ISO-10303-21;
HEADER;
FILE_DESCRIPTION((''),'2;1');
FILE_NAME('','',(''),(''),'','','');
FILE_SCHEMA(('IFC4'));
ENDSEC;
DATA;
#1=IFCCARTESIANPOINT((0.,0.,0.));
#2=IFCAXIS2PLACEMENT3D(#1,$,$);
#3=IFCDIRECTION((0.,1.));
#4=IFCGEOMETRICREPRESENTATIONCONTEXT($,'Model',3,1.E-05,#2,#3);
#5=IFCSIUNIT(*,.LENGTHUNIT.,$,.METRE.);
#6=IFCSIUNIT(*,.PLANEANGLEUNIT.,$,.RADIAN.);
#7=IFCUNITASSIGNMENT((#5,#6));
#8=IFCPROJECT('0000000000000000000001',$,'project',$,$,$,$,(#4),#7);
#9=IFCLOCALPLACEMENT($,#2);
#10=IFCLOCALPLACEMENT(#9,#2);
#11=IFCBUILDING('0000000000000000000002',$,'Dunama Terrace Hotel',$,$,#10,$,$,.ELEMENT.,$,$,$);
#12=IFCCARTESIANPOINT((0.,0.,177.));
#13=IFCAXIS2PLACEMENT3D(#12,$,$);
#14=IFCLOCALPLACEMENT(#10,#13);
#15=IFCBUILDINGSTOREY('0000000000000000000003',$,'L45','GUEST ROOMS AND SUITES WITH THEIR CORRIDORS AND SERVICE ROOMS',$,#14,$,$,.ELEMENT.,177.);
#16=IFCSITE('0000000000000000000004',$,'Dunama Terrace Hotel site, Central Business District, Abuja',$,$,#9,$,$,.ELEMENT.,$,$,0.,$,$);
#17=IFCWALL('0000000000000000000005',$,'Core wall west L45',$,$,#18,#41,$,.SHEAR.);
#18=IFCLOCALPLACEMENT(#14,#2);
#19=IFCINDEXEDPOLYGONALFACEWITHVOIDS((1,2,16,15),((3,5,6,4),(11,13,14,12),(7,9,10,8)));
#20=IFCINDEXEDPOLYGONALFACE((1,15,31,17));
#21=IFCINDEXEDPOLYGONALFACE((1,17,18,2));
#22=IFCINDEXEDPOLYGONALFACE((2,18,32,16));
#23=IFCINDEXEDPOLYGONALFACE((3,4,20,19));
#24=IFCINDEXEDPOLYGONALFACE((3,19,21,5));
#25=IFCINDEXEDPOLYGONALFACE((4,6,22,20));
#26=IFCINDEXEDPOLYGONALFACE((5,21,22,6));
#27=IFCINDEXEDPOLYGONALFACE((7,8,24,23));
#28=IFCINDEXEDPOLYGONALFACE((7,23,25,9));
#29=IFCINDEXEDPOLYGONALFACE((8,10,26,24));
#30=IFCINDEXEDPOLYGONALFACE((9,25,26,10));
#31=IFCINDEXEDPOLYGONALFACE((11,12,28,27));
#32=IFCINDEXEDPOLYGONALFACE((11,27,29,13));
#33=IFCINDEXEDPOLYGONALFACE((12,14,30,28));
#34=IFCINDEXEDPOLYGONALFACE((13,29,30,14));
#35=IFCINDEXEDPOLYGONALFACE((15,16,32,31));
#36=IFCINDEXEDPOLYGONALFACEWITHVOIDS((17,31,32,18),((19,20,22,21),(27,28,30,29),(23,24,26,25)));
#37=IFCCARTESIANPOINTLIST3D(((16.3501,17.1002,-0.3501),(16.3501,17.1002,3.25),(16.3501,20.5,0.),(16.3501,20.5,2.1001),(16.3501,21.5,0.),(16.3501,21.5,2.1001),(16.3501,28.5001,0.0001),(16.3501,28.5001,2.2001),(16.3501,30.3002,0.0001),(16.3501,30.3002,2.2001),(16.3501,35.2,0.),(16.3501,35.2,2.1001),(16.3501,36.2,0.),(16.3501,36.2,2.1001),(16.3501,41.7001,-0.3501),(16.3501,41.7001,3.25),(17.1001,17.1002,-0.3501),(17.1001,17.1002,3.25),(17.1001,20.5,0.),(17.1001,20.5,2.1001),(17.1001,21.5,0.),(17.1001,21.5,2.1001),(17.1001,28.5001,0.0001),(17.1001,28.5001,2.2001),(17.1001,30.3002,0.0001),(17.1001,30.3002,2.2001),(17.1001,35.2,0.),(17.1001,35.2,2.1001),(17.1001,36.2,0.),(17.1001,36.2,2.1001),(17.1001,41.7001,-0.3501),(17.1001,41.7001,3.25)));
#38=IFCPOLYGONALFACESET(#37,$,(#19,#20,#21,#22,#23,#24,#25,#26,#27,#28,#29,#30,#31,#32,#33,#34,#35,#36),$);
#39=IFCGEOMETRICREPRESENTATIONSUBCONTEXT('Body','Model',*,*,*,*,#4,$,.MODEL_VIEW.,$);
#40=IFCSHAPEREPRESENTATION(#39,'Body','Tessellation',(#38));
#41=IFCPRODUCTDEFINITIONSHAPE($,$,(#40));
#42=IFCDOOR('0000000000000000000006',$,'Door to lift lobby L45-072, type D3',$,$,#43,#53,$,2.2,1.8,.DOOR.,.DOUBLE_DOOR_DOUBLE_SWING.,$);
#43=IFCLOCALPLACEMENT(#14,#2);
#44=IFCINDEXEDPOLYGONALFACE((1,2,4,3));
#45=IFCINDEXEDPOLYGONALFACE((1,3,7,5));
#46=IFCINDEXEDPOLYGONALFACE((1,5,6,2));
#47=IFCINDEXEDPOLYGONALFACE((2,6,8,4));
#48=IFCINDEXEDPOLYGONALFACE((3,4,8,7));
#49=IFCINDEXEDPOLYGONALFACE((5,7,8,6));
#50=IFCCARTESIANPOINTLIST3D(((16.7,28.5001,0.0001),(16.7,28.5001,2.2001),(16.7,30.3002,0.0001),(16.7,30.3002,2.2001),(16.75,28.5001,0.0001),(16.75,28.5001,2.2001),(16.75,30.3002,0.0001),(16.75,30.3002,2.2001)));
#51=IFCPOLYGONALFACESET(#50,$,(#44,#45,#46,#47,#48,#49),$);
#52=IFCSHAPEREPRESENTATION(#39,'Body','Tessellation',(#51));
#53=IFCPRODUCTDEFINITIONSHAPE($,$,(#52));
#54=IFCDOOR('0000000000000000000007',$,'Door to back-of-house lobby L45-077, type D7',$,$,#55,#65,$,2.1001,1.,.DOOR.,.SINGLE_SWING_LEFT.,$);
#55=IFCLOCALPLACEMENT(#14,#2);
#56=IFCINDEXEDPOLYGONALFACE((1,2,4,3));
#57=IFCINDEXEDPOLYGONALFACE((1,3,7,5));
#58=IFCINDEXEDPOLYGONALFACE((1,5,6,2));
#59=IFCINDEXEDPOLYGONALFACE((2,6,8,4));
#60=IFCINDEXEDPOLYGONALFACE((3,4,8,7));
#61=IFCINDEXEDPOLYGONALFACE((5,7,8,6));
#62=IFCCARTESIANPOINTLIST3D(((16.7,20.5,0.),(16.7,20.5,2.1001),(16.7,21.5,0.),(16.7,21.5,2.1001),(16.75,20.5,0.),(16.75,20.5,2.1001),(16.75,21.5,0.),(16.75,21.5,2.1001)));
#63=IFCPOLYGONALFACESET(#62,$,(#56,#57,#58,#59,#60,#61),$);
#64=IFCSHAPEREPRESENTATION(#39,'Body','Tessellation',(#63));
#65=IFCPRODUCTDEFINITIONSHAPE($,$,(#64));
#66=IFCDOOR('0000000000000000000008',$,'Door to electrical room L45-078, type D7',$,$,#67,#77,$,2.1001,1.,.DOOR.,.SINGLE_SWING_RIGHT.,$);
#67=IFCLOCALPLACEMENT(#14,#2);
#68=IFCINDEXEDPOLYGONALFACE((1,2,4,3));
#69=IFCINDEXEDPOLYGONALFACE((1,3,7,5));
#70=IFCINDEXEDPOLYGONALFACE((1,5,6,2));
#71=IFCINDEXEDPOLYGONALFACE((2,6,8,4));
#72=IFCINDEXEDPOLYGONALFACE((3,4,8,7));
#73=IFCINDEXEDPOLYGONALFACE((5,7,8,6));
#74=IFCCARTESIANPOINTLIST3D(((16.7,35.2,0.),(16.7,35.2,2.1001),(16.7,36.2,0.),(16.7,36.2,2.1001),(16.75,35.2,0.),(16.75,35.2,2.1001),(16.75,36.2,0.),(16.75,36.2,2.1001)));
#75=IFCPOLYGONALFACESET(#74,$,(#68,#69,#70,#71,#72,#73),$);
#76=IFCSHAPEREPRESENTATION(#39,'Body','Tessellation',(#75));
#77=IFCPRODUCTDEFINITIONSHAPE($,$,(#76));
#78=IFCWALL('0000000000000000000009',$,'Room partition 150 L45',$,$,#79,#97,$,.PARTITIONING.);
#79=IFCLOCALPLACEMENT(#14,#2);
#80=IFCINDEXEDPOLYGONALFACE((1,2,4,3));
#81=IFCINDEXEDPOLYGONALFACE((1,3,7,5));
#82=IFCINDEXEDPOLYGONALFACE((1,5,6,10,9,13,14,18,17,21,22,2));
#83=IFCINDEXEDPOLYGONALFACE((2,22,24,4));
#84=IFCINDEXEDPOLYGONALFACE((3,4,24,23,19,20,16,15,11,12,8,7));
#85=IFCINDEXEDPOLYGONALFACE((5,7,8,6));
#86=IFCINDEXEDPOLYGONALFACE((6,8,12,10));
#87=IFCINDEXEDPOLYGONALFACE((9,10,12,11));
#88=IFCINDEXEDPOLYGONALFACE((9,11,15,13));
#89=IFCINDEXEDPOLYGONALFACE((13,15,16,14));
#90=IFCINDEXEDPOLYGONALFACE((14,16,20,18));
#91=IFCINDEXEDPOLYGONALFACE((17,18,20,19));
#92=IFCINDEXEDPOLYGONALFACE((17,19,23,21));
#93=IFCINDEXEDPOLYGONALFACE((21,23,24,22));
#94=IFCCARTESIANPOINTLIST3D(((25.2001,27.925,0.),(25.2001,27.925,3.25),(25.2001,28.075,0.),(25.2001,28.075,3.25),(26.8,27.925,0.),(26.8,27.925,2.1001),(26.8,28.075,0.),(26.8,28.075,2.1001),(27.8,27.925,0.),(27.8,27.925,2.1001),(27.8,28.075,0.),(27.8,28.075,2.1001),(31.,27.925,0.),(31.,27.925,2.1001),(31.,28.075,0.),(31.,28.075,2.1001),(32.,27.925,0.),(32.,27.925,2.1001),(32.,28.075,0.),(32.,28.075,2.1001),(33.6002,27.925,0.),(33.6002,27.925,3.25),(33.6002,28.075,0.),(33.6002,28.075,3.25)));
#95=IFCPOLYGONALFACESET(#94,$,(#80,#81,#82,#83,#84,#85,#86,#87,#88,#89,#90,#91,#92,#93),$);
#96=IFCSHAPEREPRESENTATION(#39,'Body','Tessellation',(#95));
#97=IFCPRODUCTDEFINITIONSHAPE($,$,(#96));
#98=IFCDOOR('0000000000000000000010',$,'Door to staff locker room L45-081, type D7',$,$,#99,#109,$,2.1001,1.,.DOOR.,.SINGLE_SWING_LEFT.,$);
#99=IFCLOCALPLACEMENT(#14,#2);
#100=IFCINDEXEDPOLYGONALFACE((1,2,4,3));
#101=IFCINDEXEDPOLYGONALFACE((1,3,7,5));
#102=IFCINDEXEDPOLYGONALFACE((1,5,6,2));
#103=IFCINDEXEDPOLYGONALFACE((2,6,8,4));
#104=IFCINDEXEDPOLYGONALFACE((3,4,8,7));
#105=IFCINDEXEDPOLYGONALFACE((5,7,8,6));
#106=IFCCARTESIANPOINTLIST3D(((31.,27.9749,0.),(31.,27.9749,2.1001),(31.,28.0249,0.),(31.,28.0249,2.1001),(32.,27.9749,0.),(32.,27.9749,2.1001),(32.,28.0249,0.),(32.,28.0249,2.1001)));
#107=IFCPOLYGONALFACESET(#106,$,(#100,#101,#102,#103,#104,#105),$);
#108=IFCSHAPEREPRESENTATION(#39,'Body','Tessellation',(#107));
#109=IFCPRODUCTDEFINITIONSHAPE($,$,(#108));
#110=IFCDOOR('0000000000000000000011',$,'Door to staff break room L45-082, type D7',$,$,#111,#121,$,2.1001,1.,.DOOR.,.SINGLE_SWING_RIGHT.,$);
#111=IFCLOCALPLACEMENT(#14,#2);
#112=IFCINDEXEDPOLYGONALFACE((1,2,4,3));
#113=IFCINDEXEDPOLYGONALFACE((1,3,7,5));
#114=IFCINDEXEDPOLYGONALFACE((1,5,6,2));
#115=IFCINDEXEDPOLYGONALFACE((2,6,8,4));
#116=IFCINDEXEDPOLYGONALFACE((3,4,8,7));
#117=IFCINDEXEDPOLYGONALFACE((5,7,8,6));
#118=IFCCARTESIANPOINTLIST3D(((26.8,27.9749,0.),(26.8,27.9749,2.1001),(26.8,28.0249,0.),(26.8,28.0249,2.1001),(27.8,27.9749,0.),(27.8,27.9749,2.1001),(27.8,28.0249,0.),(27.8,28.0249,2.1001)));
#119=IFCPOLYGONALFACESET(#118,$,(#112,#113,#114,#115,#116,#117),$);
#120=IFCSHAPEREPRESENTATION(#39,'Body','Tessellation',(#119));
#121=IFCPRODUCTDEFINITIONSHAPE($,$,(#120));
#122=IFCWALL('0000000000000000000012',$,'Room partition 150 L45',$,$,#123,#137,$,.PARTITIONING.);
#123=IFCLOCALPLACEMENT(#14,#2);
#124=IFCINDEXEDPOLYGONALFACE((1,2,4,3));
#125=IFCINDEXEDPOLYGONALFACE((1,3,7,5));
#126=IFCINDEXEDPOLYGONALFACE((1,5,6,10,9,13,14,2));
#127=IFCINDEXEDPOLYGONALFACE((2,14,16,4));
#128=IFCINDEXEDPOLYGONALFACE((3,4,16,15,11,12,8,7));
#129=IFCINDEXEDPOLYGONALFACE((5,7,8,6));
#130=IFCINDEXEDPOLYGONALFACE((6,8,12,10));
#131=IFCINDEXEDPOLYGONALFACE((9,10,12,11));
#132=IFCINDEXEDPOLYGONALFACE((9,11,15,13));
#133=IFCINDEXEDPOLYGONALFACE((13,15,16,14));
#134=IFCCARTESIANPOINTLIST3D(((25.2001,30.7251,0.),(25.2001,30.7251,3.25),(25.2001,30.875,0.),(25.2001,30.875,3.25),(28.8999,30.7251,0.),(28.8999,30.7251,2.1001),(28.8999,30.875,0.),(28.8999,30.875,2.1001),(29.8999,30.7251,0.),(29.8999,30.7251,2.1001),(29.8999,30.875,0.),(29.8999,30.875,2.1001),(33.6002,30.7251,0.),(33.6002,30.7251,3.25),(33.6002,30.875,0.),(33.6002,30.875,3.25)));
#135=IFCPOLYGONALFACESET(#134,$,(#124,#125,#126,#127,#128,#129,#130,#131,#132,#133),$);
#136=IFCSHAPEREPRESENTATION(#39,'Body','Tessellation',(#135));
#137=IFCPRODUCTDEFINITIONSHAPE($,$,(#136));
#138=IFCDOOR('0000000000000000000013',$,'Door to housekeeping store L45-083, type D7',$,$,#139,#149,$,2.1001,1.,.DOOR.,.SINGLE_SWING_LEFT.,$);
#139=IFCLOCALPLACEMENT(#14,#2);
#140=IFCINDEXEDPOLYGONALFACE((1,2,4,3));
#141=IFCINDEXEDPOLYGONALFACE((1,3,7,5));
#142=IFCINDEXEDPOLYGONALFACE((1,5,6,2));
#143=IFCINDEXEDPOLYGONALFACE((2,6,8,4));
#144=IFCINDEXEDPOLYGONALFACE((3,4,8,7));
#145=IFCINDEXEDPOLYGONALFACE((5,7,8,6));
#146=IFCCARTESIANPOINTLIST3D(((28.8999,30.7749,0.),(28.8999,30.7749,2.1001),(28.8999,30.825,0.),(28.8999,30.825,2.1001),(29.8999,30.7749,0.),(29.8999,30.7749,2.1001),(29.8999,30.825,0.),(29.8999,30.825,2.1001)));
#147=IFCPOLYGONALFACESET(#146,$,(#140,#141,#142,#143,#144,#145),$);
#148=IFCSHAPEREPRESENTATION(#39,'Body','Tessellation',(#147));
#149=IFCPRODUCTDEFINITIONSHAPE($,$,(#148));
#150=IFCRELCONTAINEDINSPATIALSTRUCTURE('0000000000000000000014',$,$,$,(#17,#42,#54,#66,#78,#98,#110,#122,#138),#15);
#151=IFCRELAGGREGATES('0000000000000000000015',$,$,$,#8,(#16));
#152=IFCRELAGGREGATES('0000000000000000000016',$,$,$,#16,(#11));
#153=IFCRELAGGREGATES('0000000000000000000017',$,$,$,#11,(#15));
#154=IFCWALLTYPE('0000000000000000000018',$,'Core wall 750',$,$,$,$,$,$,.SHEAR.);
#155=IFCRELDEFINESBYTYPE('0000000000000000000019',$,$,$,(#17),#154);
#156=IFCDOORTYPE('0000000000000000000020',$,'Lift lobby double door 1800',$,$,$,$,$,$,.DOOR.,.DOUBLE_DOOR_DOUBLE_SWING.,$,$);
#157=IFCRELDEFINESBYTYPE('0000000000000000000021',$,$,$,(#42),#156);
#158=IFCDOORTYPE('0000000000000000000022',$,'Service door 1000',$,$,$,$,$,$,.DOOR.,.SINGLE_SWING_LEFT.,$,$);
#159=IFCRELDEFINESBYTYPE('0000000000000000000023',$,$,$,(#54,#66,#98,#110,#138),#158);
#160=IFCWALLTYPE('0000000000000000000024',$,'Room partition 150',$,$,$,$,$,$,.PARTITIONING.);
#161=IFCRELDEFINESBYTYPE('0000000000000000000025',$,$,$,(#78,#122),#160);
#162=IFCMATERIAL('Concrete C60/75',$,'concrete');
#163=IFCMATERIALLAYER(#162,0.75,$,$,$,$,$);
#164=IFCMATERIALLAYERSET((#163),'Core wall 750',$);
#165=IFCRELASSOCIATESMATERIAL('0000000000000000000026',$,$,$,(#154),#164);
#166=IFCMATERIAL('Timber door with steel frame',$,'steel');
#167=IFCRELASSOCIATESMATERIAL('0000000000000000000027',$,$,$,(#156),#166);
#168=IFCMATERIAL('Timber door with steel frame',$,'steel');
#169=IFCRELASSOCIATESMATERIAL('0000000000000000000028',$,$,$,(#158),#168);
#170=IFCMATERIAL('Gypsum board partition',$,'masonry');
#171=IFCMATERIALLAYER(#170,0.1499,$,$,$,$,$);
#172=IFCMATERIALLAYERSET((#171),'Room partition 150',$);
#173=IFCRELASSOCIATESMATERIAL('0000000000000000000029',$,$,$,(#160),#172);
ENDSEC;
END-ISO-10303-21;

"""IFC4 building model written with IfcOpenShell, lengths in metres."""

from ifc_helpers import new_model, si_unit, direction, frame, frame_2d, origin, place, context, subcontext, project, spatial, rectangle, extrude, material, layer, layer_set, type_object, element, fill, save


model = new_model("IFC4")

# Units and contexts
model_context = context("Model", 3, precision=1e-05, world=origin(), true_north=direction((0.0, 1.0)))
body_context = subcontext(model_context, "Body", "Model", "MODEL_VIEW")
ifc_project = project(units=[si_unit("LENGTHUNIT", "METRE"), si_unit("PLANEANGLEUNIT", "RADIAN")], contexts=[model_context])

# Site, building, storey
site_placement = place(None, origin())
site = spatial("IfcSite", under=ifc_project, at=site_placement, Name="Dunama Terrace Hotel site, Central Business District, Abuja", CompositionType="ELEMENT", RefElevation=0.0)
building_placement = place(site_placement, origin())
building = spatial("IfcBuilding", under=site, at=building_placement, Name="Dunama Terrace Hotel", CompositionType="ELEMENT")
storey_placement = place(building_placement, frame((0.0, 0.0, 177.0)))
storey = spatial("IfcBuildingStorey", under=building, at=storey_placement, Name="L45", Description="GUEST ROOMS AND SUITES WITH THEIR CORRIDORS AND SERVICE ROOMS", CompositionType="ELEMENT", Elevation=177.0)

# Walls, openings, doors
ifc_material_1 = material(Name="Concrete C60/75", Category="concrete")
ifc_layer_1 = layer(ifc_material_1, 0.75)
ifc_layer_set_1 = layer_set([ifc_layer_1], Name="Core wall 750")
wall_type_1 = type_object("IfcWallType", Name="Core wall 750", PredefinedType="SHEAR", material=ifc_layer_set_1)
wall_1_placement = place(storey_placement, frame((16.7251, 41.7, -0.3501), z_axis=(0.0, 0.0, 1.0), x_axis=(0.0, -1.0, 0.0)))
wall_1 = element("IfcWall", 1, at=wall_1_placement, inside=storey, type_object=wall_type_1, Name="Core wall west L45", PredefinedType="SHEAR", context=body_context, shape_type="SweptSolid", body=[
    extrude(rectangle(XDim=24.5999, YDim=0.75, at=frame_2d((12.2998, 0.0))), origin(), (0.0, 0.0, 1.0), 3.6001),
])
opening_1_placement = place(wall_1_placement, frame((11.3999, 0.0, 0.3501)))
opening_1 = element("IfcOpeningElement", 2, at=opening_1_placement, cuts=wall_1, PredefinedType="OPENING", context=body_context, shape_type="SweptSolid", body=[
    extrude(rectangle(XDim=1.8, YDim=2.2, at=frame_2d((0.8999, 1.1001))), frame((0.0, 0.385, 0.0), z_axis=(0.0, -1.0, 0.0), x_axis=(1.0, 0.0, 0.0)), (0.0, 0.0, 1.0), 0.77),
])
opening_2_placement = place(wall_1_placement, frame((20.2, 0.0, 0.3501)))
opening_2 = element("IfcOpeningElement", 3, at=opening_2_placement, cuts=wall_1, PredefinedType="OPENING", context=body_context, shape_type="SweptSolid", body=[
    extrude(rectangle(XDim=1.0, YDim=2.1001, at=frame_2d((0.5, 1.05))), frame((0.0, 0.385, 0.0), z_axis=(0.0, -1.0, 0.0), x_axis=(1.0, 0.0, 0.0)), (0.0, 0.0, 1.0), 0.77),
])
opening_3_placement = place(wall_1_placement, frame((5.5, 0.0, 0.3501)))
opening_3 = element("IfcOpeningElement", 4, at=opening_3_placement, cuts=wall_1, PredefinedType="OPENING", context=body_context, shape_type="SweptSolid", body=[
    extrude(rectangle(XDim=1.0, YDim=2.1001, at=frame_2d((0.5, 1.05))), frame((0.0, 0.385, 0.0), z_axis=(0.0, -1.0, 0.0), x_axis=(1.0, 0.0, 0.0)), (0.0, 0.0, 1.0), 0.77),
])
ifc_material_2 = material(Name="Timber door with steel frame", Category="steel")
door_type_1 = type_object("IfcDoorType", Name="Lift lobby double door 1800", OperationType="DOUBLE_DOOR_DOUBLE_SWING", PredefinedType="DOOR", material=ifc_material_2)
door_1_placement = place(opening_1_placement, origin())
door_1 = element("IfcDoor", 5, at=door_1_placement, inside=storey, type_object=door_type_1, Name="Door to lift lobby L45-072, type D3", OperationType="DOUBLE_DOOR_DOUBLE_SWING", OverallHeight=2.2, OverallWidth=1.8, PredefinedType="DOOR", context=body_context, shape_type="SweptSolid", body=[
    extrude(rectangle(XDim=1.8, YDim=2.2, at=frame_2d((0.8999, 1.1001))), frame((0.0, 0.0249, 0.0), z_axis=(0.0, -1.0, 0.0), x_axis=(1.0, 0.0, 0.0)), (0.0, 0.0, 1.0), 0.05),
])
fill(opening_1, door_1)
ifc_material_3 = material(Name="Timber door with steel frame", Category="steel")
door_type_2 = type_object("IfcDoorType", Name="Service door 1000", OperationType="SINGLE_SWING_LEFT", PredefinedType="DOOR", material=ifc_material_3)
door_2_placement = place(opening_2_placement, origin())
door_2 = element("IfcDoor", 6, at=door_2_placement, inside=storey, type_object=door_type_2, Name="Door to back-of-house lobby L45-077, type D7", OperationType="SINGLE_SWING_LEFT", OverallHeight=2.1001, OverallWidth=1.0, PredefinedType="DOOR", context=body_context, shape_type="SweptSolid", body=[
    extrude(rectangle(XDim=1.0, YDim=2.1001, at=frame_2d((0.5, 1.05))), frame((0.0, 0.0249, 0.0), z_axis=(0.0, -1.0, 0.0), x_axis=(1.0, 0.0, 0.0)), (0.0, 0.0, 1.0), 0.05),
])
fill(opening_2, door_2)
door_3_placement = place(opening_3_placement, origin())
door_3 = element("IfcDoor", 7, at=door_3_placement, inside=storey, type_object=door_type_2, Name="Door to electrical room L45-078, type D7", OperationType="SINGLE_SWING_RIGHT", OverallHeight=2.1001, OverallWidth=1.0, PredefinedType="DOOR", context=body_context, shape_type="SweptSolid", body=[
    extrude(rectangle(XDim=1.0, YDim=2.1001, at=frame_2d((0.5, 1.05))), frame((0.0, 0.0249, 0.0), z_axis=(0.0, -1.0, 0.0), x_axis=(1.0, 0.0, 0.0)), (0.0, 0.0, 1.0), 0.05),
])
fill(opening_3, door_3)
ifc_material_4 = material(Name="Gypsum board partition", Category="masonry")
ifc_layer_2 = layer(ifc_material_4, 0.1499)
ifc_layer_set_2 = layer_set([ifc_layer_2], Name="Room partition 150")
wall_type_2 = type_object("IfcWallType", Name="Room partition 150", PredefinedType="PARTITIONING", material=ifc_layer_set_2)
wall_2_placement = place(storey_placement, frame((25.2, 28.0, 0.0), z_axis=(0.0, 0.0, 1.0), x_axis=(1.0, 0.0, 0.0)))
wall_2 = element("IfcWall", 8, at=wall_2_placement, inside=storey, type_object=wall_type_2, Name="Room partition 150 L45", PredefinedType="PARTITIONING", context=body_context, shape_type="SweptSolid", body=[
    extrude(rectangle(XDim=8.4001, YDim=0.1499, at=frame_2d((4.2002, 0.0))), origin(), (0.0, 0.0, 1.0), 3.25),
])
opening_4_placement = place(wall_2_placement, frame((5.8, 0.0, 0.0)))
opening_4 = element("IfcOpeningElement", 9, at=opening_4_placement, cuts=wall_2, PredefinedType="OPENING", context=body_context, shape_type="SweptSolid", body=[
    extrude(rectangle(XDim=1.0, YDim=2.1001, at=frame_2d((0.5, 1.05))), frame((0.0, 0.085, 0.0), z_axis=(0.0, -1.0, 0.0), x_axis=(1.0, 0.0, 0.0)), (0.0, 0.0, 1.0), 0.1699),
])
opening_5_placement = place(wall_2_placement, frame((1.6001, 0.0, 0.0)))
opening_5 = element("IfcOpeningElement", 10, at=opening_5_placement, cuts=wall_2, PredefinedType="OPENING", context=body_context, shape_type="SweptSolid", body=[
    extrude(rectangle(XDim=1.0, YDim=2.1001, at=frame_2d((0.5, 1.05))), frame((0.0, 0.085, 0.0), z_axis=(0.0, -1.0, 0.0), x_axis=(1.0, 0.0, 0.0)), (0.0, 0.0, 1.0), 0.1699),
])
door_4_placement = place(opening_4_placement, frame((1.0, 0.0, 0.0), z_axis=(0.0, 0.0, 1.0), x_axis=(-1.0, 0.0, 0.0)))
door_4 = element("IfcDoor", 11, at=door_4_placement, inside=storey, type_object=door_type_2, Name="Door to staff locker room L45-081, type D7", OperationType="SINGLE_SWING_LEFT", OverallHeight=2.1001, OverallWidth=1.0, PredefinedType="DOOR", context=body_context, shape_type="SweptSolid", body=[
    extrude(rectangle(XDim=1.0, YDim=2.1001, at=frame_2d((0.5, 1.05))), frame((0.0, 0.0251, 0.0), z_axis=(0.0, -1.0, 0.0), x_axis=(1.0, 0.0, 0.0)), (0.0, 0.0, 1.0), 0.05),
])
fill(opening_4, door_4)
door_5_placement = place(opening_5_placement, frame((1.0, 0.0, 0.0), z_axis=(0.0, 0.0, 1.0), x_axis=(-1.0, 0.0, 0.0)))
door_5 = element("IfcDoor", 12, at=door_5_placement, inside=storey, type_object=door_type_2, Name="Door to staff break room L45-082, type D7", OperationType="SINGLE_SWING_RIGHT", OverallHeight=2.1001, OverallWidth=1.0, PredefinedType="DOOR", context=body_context, shape_type="SweptSolid", body=[
    extrude(rectangle(XDim=1.0, YDim=2.1001, at=frame_2d((0.5, 1.05))), frame((0.0, 0.0251, 0.0), z_axis=(0.0, -1.0, 0.0), x_axis=(1.0, 0.0, 0.0)), (0.0, 0.0, 1.0), 0.05),
])
fill(opening_5, door_5)

# Wall, opening, door
wall_3_placement = place(storey_placement, frame((25.2, 30.8, 0.0), z_axis=(0.0, 0.0, 1.0), x_axis=(1.0, 0.0, 0.0)))
wall_3 = element("IfcWall", 13, at=wall_3_placement, inside=storey, type_object=wall_type_2, Name="Room partition 150 L45", PredefinedType="PARTITIONING", context=body_context, shape_type="SweptSolid", body=[
    extrude(rectangle(XDim=8.4001, YDim=0.1499, at=frame_2d((4.2002, 0.0))), origin(), (0.0, 0.0, 1.0), 3.25),
])
opening_6_placement = place(wall_3_placement, frame((3.7, 0.0, 0.0)))
opening_6 = element("IfcOpeningElement", 14, at=opening_6_placement, cuts=wall_3, PredefinedType="OPENING", context=body_context, shape_type="SweptSolid", body=[
    extrude(rectangle(XDim=1.0, YDim=2.1001, at=frame_2d((0.5, 1.05))), frame((0.0, 0.085, 0.0), z_axis=(0.0, -1.0, 0.0), x_axis=(1.0, 0.0, 0.0)), (0.0, 0.0, 1.0), 0.1699),
])
door_6_placement = place(opening_6_placement, origin())
door_6 = element("IfcDoor", 15, at=door_6_placement, inside=storey, type_object=door_type_2, Name="Door to housekeeping store L45-083, type D7", OperationType="SINGLE_SWING_LEFT", OverallHeight=2.1001, OverallWidth=1.0, PredefinedType="DOOR", context=body_context, shape_type="SweptSolid", body=[
    extrude(rectangle(XDim=1.0, YDim=2.1001, at=frame_2d((0.5, 1.05))), frame((0.0, 0.0249, 0.0), z_axis=(0.0, -1.0, 0.0), x_axis=(1.0, 0.0, 0.0)), (0.0, 0.0, 1.0), 0.05),
])
fill(opening_6, door_6)

save(model, "model.ifc")
